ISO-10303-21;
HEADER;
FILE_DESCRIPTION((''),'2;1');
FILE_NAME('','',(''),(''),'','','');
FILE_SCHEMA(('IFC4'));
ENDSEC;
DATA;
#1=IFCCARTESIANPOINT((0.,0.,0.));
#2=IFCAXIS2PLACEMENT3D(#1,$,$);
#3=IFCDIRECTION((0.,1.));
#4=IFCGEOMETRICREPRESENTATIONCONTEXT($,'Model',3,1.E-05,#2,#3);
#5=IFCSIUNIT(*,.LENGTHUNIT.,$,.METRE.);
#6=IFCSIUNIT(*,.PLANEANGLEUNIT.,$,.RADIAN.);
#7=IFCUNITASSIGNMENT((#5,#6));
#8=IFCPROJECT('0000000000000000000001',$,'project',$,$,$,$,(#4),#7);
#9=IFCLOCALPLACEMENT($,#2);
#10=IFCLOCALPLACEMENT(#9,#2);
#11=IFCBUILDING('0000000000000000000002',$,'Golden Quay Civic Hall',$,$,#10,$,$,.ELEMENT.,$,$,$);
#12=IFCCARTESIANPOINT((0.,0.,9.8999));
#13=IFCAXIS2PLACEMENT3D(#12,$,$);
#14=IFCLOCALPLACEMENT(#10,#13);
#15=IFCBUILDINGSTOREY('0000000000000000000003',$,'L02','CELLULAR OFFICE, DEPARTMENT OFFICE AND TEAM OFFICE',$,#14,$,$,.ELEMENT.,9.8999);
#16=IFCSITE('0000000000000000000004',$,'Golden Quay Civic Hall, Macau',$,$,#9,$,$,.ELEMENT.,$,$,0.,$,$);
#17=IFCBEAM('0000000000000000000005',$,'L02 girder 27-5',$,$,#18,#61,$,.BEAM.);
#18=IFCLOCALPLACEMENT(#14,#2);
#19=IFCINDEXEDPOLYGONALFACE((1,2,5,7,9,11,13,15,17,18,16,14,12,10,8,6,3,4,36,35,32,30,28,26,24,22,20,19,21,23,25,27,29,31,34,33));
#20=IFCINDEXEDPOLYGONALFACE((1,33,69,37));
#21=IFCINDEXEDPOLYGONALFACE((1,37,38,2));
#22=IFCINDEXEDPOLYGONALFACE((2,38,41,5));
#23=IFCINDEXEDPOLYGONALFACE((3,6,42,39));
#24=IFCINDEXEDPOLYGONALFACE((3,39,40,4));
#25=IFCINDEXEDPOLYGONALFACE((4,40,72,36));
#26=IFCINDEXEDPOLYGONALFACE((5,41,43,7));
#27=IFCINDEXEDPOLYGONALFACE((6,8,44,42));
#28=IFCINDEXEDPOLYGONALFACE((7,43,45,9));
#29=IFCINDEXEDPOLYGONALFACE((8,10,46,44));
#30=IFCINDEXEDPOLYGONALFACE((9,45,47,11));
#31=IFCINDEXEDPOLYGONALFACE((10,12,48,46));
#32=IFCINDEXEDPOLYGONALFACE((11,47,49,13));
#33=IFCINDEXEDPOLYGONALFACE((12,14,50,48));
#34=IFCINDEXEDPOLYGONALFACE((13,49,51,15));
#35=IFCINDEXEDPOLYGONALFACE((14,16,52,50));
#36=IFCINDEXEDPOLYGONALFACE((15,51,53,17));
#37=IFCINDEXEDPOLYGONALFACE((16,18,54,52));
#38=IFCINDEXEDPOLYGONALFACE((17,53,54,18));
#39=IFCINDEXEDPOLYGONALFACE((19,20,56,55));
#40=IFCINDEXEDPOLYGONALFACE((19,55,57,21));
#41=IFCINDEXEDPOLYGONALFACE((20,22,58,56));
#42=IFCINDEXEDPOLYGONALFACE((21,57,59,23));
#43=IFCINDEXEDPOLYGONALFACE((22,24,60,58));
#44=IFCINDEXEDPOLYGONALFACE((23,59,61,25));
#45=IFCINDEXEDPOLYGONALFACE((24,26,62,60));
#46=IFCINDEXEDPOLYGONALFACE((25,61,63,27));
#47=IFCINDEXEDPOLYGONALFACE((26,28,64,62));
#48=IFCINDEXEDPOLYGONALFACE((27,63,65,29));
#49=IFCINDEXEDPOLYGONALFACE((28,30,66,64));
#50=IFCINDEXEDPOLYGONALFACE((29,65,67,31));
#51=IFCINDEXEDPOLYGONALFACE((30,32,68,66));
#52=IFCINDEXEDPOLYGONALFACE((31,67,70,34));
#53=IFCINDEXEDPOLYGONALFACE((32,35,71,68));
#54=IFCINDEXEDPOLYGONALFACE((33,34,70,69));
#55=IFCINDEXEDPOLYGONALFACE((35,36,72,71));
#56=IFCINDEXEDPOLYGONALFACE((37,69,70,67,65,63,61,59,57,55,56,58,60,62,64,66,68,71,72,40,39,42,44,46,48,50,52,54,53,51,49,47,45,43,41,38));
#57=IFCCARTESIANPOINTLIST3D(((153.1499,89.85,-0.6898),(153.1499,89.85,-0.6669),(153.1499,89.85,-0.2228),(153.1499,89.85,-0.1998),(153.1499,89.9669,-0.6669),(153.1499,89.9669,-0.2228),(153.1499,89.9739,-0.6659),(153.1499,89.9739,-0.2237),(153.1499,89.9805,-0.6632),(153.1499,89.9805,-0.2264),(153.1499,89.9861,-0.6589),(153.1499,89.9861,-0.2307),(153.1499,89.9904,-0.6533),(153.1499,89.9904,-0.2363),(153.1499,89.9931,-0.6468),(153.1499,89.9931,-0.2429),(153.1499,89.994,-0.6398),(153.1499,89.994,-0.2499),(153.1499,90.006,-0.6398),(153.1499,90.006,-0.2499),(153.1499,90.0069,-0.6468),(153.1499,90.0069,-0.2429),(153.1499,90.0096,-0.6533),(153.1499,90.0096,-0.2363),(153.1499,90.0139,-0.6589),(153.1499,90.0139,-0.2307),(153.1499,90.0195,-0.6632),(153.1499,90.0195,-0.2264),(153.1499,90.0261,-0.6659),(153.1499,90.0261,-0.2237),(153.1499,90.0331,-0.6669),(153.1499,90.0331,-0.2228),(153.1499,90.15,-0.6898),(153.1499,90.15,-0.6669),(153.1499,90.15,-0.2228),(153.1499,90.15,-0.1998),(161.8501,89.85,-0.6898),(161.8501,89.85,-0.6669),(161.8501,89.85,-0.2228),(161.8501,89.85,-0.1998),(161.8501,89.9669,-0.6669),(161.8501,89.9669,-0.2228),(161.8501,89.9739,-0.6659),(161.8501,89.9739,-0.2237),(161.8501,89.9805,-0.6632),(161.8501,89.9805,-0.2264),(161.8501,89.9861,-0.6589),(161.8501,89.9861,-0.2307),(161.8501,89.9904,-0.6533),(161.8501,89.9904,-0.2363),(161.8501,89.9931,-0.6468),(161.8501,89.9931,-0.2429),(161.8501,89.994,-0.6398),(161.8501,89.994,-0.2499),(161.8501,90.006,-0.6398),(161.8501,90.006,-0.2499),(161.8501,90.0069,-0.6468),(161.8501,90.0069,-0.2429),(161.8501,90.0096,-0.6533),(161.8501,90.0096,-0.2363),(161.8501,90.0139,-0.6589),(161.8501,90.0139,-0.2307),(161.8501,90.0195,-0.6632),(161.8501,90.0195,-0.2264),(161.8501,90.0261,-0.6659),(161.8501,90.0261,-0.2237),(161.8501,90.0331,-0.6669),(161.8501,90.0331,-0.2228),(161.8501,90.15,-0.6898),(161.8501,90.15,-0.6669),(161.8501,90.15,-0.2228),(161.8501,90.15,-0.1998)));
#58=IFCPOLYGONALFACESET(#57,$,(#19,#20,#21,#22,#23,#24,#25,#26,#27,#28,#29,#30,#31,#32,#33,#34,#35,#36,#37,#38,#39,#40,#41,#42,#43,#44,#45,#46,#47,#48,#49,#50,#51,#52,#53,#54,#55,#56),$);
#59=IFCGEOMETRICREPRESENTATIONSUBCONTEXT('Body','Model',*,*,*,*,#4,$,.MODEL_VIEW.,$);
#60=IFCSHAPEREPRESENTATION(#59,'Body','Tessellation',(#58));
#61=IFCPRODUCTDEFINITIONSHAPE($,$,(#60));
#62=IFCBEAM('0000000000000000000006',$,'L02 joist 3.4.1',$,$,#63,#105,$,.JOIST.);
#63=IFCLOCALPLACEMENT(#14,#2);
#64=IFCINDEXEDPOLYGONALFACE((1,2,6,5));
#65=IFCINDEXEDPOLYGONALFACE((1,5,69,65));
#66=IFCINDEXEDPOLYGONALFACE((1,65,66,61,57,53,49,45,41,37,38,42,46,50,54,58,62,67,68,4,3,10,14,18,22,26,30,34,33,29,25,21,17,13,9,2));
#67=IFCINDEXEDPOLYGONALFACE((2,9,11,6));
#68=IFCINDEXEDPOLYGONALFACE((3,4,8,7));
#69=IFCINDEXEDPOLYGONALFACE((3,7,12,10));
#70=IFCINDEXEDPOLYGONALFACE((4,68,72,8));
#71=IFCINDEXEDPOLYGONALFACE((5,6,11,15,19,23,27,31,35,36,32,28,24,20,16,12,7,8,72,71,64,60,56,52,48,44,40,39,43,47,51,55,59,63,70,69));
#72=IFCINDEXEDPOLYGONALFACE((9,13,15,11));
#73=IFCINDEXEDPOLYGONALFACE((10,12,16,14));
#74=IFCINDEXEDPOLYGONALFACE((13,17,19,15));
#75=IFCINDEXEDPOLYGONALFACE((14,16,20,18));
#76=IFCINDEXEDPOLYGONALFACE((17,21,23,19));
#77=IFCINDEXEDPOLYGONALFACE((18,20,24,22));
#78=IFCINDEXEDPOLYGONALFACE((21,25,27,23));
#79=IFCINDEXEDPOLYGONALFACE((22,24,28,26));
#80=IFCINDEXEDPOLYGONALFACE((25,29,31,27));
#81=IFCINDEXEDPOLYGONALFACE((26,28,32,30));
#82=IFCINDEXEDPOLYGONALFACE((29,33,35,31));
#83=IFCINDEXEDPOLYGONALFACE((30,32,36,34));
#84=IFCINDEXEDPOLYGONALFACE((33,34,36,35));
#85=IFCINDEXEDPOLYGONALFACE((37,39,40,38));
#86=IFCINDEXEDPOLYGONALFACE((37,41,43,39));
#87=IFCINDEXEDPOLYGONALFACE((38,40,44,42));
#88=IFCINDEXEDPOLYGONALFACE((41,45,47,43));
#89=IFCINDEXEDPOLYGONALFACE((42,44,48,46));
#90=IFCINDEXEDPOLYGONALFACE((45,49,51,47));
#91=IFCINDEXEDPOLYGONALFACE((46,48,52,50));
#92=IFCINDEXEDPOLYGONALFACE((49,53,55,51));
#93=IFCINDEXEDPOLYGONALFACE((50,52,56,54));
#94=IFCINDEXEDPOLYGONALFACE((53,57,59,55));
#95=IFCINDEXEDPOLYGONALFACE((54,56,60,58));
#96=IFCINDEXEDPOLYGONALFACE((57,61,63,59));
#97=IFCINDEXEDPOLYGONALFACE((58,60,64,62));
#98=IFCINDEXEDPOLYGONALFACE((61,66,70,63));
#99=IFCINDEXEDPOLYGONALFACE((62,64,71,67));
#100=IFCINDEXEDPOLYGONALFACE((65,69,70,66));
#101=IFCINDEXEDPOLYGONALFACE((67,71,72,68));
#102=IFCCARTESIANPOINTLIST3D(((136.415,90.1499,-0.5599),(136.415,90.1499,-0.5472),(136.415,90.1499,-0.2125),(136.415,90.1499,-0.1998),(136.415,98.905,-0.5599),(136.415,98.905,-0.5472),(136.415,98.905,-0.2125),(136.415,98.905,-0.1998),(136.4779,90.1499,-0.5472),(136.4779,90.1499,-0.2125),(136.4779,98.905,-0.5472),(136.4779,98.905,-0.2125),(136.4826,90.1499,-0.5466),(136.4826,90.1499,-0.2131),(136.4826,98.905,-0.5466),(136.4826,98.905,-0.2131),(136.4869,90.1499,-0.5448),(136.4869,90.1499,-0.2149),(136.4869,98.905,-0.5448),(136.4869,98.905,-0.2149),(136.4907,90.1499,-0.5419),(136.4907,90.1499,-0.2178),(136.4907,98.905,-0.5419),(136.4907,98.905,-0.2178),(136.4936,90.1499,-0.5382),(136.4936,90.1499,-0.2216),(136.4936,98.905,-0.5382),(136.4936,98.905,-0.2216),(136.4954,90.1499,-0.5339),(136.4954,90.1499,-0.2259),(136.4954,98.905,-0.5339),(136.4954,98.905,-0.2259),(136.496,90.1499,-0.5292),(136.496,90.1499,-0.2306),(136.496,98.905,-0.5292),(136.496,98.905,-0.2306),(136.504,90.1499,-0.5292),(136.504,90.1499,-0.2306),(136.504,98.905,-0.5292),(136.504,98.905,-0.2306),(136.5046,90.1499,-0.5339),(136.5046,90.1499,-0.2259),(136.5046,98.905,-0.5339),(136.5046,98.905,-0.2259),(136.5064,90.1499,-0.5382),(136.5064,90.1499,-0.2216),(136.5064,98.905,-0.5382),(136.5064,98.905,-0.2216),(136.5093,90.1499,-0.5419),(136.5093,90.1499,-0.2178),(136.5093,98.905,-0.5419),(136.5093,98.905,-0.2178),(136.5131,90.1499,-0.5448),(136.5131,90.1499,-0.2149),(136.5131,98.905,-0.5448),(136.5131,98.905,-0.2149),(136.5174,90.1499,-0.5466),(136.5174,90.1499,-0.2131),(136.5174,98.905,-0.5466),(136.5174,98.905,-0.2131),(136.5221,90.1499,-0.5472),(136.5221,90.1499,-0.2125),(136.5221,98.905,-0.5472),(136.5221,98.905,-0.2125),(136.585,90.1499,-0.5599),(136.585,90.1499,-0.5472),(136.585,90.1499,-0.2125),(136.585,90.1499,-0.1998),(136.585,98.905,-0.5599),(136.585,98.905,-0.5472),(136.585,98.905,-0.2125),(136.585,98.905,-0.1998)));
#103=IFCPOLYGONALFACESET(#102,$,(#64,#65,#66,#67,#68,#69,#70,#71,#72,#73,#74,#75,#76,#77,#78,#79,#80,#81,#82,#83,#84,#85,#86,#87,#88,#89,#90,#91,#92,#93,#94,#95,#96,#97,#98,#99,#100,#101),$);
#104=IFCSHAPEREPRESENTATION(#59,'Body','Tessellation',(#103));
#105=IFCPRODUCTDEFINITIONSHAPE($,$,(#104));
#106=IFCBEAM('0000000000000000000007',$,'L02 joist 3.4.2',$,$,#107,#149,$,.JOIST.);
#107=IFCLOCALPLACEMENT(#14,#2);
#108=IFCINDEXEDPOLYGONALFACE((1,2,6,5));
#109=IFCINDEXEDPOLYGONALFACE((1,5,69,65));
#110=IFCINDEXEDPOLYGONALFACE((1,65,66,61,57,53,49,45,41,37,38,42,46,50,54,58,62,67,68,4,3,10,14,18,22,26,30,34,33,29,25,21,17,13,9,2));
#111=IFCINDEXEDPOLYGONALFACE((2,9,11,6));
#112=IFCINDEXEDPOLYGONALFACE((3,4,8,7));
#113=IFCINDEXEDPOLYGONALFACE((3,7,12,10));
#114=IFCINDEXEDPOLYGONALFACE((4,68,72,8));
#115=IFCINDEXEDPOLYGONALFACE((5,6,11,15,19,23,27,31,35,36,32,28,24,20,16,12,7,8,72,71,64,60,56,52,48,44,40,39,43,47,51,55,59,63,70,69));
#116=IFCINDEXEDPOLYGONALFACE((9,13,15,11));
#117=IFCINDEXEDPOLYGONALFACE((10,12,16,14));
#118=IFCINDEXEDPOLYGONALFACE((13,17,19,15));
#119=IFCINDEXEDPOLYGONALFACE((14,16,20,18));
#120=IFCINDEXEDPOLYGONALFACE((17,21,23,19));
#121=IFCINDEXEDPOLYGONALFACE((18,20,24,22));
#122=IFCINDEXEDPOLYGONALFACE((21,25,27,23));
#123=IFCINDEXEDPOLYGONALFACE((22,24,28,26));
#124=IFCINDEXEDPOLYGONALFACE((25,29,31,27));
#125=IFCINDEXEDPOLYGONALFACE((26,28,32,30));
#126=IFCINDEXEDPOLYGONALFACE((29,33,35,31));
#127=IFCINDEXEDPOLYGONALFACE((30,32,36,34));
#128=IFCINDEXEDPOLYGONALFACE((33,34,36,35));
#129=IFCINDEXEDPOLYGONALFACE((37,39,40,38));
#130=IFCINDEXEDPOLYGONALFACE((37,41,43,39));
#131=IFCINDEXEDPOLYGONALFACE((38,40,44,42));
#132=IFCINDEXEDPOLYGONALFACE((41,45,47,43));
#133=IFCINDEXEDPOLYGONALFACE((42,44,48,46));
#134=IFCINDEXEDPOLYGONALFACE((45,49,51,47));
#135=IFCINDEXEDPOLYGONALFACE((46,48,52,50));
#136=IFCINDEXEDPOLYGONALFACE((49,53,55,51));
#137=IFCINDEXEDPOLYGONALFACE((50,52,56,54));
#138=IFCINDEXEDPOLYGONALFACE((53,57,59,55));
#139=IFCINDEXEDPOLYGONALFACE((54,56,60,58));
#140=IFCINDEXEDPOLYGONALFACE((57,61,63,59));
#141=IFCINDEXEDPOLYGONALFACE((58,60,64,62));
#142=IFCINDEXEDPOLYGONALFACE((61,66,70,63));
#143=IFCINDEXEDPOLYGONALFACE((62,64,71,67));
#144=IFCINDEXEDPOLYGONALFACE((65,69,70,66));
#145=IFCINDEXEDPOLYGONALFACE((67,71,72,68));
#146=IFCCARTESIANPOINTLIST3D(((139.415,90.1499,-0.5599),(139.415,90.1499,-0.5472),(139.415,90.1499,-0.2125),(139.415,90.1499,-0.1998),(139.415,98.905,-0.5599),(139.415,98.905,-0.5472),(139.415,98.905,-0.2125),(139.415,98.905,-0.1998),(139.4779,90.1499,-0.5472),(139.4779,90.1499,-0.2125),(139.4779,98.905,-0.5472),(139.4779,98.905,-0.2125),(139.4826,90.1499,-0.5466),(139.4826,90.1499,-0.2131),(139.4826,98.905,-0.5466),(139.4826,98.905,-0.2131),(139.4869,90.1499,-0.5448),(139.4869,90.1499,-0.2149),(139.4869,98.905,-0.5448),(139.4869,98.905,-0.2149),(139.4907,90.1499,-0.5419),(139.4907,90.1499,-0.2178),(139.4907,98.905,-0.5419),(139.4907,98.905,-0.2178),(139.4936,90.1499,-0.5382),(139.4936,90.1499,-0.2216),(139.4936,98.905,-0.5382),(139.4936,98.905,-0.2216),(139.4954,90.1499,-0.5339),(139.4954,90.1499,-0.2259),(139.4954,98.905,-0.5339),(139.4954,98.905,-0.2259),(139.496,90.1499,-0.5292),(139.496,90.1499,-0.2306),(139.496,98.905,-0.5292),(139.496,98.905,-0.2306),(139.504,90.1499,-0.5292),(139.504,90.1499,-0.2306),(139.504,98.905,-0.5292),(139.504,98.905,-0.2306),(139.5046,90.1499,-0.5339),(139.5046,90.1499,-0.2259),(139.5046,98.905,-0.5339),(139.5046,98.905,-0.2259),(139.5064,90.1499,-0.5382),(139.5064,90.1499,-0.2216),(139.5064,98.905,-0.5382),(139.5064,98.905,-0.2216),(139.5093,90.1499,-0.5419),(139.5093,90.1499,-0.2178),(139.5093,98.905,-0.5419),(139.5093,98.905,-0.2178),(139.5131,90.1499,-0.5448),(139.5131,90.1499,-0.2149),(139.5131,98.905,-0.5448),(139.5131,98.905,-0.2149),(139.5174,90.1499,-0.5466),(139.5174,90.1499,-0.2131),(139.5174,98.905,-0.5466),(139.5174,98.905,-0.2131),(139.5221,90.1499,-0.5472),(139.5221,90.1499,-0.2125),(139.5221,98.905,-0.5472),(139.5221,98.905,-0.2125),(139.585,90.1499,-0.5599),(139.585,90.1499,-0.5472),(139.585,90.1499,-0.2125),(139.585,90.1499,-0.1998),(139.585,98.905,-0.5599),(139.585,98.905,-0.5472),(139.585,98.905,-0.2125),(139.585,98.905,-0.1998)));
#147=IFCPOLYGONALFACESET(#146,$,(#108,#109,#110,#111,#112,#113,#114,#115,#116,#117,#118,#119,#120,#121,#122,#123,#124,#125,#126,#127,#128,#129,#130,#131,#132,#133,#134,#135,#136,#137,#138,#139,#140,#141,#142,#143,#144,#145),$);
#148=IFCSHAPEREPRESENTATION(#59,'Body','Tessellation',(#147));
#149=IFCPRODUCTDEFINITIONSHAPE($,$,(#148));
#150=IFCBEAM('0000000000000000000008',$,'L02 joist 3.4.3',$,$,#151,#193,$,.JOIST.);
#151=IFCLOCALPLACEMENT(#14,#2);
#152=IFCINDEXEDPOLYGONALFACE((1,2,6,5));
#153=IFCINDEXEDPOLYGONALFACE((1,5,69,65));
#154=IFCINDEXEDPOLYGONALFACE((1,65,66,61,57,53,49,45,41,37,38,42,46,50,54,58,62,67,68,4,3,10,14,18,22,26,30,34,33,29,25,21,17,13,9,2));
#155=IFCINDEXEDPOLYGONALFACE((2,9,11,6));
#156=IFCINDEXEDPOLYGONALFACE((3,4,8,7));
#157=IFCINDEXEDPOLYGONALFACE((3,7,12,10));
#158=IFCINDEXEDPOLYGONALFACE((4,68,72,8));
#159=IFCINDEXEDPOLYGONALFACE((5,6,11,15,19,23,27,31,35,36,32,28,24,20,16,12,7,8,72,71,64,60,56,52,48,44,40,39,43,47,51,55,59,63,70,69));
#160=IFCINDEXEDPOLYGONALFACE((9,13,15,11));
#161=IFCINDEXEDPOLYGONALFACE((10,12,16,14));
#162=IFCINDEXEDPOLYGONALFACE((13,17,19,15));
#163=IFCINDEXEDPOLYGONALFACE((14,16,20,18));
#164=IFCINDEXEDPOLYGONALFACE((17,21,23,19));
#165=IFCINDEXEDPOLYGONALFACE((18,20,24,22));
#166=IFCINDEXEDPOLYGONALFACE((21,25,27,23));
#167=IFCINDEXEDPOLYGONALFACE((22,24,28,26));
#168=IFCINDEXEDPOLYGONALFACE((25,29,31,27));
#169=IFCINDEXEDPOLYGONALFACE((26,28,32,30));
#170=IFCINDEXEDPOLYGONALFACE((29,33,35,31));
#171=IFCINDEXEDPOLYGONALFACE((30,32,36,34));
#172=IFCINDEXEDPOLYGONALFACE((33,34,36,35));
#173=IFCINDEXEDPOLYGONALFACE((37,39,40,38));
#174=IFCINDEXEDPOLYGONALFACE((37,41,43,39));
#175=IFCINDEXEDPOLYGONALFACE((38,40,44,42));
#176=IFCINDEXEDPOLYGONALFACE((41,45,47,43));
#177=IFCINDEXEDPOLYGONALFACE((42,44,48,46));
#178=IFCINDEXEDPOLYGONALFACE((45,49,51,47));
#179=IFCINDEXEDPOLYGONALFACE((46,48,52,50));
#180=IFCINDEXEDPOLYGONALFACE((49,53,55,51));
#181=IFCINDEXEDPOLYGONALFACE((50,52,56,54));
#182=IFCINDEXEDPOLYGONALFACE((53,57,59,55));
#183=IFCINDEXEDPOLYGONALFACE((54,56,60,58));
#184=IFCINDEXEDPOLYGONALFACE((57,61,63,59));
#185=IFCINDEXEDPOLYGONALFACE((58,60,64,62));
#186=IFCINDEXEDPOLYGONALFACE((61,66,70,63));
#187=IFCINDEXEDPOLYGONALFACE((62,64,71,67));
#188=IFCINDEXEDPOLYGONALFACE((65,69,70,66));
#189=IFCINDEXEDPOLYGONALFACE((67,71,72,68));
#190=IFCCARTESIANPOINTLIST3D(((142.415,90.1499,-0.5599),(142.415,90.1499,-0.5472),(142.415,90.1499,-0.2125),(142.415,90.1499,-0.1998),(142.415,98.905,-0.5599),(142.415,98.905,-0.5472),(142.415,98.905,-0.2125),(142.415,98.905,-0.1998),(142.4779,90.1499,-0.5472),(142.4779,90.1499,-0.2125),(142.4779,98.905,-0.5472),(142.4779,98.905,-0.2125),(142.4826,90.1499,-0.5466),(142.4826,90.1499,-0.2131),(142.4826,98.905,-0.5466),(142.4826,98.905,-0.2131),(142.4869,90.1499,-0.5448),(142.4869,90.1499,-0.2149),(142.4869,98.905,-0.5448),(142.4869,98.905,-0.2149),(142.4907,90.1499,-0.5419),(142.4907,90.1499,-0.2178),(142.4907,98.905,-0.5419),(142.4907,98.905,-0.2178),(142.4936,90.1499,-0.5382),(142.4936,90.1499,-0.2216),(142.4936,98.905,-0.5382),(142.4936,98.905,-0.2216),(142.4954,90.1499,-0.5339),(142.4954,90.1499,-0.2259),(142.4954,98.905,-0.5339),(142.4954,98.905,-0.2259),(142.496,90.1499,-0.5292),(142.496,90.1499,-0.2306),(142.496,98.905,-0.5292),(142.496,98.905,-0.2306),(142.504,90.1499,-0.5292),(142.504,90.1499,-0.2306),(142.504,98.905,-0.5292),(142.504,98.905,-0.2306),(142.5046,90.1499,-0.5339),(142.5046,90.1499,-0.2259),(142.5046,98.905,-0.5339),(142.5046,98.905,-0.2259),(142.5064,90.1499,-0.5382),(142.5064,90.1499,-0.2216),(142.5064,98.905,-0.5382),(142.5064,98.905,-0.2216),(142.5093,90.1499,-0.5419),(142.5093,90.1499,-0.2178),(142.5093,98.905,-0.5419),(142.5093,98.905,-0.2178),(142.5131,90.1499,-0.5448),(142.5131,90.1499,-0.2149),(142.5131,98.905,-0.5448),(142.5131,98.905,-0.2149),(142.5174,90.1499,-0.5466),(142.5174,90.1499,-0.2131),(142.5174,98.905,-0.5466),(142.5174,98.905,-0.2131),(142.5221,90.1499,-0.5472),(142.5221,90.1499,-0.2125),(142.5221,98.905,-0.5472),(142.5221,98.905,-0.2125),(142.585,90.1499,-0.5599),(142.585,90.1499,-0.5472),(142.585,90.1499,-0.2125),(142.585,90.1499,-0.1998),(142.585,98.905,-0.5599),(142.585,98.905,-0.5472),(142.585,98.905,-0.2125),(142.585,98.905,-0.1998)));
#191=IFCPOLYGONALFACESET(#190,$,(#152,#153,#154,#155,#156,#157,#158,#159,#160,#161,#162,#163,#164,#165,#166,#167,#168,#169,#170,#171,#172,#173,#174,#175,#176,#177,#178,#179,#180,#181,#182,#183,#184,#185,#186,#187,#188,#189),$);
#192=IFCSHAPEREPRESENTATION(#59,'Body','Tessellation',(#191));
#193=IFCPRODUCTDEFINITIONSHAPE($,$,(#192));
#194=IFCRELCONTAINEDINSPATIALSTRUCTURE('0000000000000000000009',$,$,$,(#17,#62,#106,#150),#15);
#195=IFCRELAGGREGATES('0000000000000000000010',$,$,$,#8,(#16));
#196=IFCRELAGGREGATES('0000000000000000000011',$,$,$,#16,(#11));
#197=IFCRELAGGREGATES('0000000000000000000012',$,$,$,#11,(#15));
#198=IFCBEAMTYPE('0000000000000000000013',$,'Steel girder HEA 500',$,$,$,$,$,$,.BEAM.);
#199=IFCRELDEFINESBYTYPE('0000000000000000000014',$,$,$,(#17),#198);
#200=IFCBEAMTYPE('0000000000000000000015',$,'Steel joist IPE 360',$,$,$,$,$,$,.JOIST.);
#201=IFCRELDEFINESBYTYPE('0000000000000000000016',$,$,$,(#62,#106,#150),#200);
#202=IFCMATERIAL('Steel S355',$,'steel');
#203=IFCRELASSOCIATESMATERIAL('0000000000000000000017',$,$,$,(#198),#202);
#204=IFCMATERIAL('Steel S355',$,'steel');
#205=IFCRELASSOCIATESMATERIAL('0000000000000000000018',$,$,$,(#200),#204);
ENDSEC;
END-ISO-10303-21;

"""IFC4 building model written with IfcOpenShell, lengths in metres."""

from ifc_helpers import new_model, si_unit, direction, frame, origin, origin_2d, place, context, subcontext, project, spatial, i_section, extrude, material, material_profile, profile_set, type_object, element, save


model = new_model("IFC4")

# Units and contexts
model_context = context("Model", 3, precision=1e-05, world=origin(), true_north=direction((0.0, 1.0)))
body_context = subcontext(model_context, "Body", "Model", "MODEL_VIEW")
ifc_project = project(units=[si_unit("LENGTHUNIT", "METRE"), si_unit("PLANEANGLEUNIT", "RADIAN")], contexts=[model_context])

# Site, building, storey
site_placement = place(None, origin())
site = spatial("IfcSite", under=ifc_project, at=site_placement, Name="Golden Quay Civic Hall, Macau", CompositionType="ELEMENT", RefElevation=0.0)
building_placement = place(site_placement, origin())
building = spatial("IfcBuilding", under=site, at=building_placement, Name="Golden Quay Civic Hall", CompositionType="ELEMENT")
storey_placement = place(building_placement, frame((0.0, 0.0, 9.8999)))
storey = spatial("IfcBuildingStorey", under=building, at=storey_placement, Name="L02", Description="CELLULAR OFFICE, DEPARTMENT OFFICE AND TEAM OFFICE", CompositionType="ELEMENT", Elevation=9.8999)

# Beams
ifc_material_1 = material(Name="Steel S355", Category="steel")
ifc_material_profile_1 = material_profile(ifc_material_1, i_section(OverallWidth=0.3, OverallDepth=0.49, WebThickness=0.012, FlangeThickness=0.0229, FilletRadius=0.0271, at=origin_2d()), Name="HEA 500")
ifc_profile_set_1 = profile_set([ifc_material_profile_1], Name="Steel S355")
beam_type_1 = type_object("IfcBeamType", Name="Steel girder HEA 500", PredefinedType="BEAM", material=ifc_profile_set_1)
beam_1_placement = place(storey_placement, frame((153.1499, 90.0, -0.4448), z_axis=(1.0, 0.0, 0.0), x_axis=(0.0, 1.0, 0.0)))
element("IfcBeam", 1, at=beam_1_placement, inside=storey, type_object=beam_type_1, Name="L02 girder 27-5", PredefinedType="BEAM", context=body_context, shape_type="SweptSolid", body=[
    extrude(i_section(OverallWidth=0.3, OverallDepth=0.49, WebThickness=0.012, FlangeThickness=0.0229, FilletRadius=0.0271, at=origin_2d()), origin(), (0.0, 0.0, 1.0), 8.7002),
])
ifc_material_2 = material(Name="Steel S355", Category="steel")
ifc_material_profile_2 = material_profile(ifc_material_2, i_section(OverallWidth=0.1699, OverallDepth=0.3601, WebThickness=0.0081, FlangeThickness=0.0127, FilletRadius=0.0181, at=origin_2d()), Name="IPE 360")
ifc_profile_set_2 = profile_set([ifc_material_profile_2], Name="Steel S355")
beam_type_2 = type_object("IfcBeamType", Name="Steel joist IPE 360", PredefinedType="JOIST", material=ifc_profile_set_2)
for number, where, z_axis, x_axis, name in (
    (2, (136.5, 90.1499, -0.3799), (0.0, 1.0, 0.0), (-1.0, 0.0, 0.0), "L02 joist 3.4.1"),
    (3, (139.5, 90.1499, -0.3799), (0.0, 1.0, 0.0), (-1.0, 0.0, 0.0), "L02 joist 3.4.2"),
    (4, (142.5, 90.1499, -0.3799), (0.0, 1.0, 0.0), (-1.0, 0.0, 0.0), "L02 joist 3.4.3"),
):
    element("IfcBeam", number, at=place(storey_placement, frame(where, z_axis=z_axis, x_axis=x_axis)), inside=storey, type_object=beam_type_2, Name=name, PredefinedType="JOIST", context=body_context, shape_type="SweptSolid", body=[
        extrude(i_section(OverallWidth=0.1699, OverallDepth=0.3601, WebThickness=0.0081, FlangeThickness=0.0127, FilletRadius=0.0181, at=origin_2d()), origin(), (0.0, 0.0, 1.0), 8.7551),
    ])

save(model, "model.ifc")
